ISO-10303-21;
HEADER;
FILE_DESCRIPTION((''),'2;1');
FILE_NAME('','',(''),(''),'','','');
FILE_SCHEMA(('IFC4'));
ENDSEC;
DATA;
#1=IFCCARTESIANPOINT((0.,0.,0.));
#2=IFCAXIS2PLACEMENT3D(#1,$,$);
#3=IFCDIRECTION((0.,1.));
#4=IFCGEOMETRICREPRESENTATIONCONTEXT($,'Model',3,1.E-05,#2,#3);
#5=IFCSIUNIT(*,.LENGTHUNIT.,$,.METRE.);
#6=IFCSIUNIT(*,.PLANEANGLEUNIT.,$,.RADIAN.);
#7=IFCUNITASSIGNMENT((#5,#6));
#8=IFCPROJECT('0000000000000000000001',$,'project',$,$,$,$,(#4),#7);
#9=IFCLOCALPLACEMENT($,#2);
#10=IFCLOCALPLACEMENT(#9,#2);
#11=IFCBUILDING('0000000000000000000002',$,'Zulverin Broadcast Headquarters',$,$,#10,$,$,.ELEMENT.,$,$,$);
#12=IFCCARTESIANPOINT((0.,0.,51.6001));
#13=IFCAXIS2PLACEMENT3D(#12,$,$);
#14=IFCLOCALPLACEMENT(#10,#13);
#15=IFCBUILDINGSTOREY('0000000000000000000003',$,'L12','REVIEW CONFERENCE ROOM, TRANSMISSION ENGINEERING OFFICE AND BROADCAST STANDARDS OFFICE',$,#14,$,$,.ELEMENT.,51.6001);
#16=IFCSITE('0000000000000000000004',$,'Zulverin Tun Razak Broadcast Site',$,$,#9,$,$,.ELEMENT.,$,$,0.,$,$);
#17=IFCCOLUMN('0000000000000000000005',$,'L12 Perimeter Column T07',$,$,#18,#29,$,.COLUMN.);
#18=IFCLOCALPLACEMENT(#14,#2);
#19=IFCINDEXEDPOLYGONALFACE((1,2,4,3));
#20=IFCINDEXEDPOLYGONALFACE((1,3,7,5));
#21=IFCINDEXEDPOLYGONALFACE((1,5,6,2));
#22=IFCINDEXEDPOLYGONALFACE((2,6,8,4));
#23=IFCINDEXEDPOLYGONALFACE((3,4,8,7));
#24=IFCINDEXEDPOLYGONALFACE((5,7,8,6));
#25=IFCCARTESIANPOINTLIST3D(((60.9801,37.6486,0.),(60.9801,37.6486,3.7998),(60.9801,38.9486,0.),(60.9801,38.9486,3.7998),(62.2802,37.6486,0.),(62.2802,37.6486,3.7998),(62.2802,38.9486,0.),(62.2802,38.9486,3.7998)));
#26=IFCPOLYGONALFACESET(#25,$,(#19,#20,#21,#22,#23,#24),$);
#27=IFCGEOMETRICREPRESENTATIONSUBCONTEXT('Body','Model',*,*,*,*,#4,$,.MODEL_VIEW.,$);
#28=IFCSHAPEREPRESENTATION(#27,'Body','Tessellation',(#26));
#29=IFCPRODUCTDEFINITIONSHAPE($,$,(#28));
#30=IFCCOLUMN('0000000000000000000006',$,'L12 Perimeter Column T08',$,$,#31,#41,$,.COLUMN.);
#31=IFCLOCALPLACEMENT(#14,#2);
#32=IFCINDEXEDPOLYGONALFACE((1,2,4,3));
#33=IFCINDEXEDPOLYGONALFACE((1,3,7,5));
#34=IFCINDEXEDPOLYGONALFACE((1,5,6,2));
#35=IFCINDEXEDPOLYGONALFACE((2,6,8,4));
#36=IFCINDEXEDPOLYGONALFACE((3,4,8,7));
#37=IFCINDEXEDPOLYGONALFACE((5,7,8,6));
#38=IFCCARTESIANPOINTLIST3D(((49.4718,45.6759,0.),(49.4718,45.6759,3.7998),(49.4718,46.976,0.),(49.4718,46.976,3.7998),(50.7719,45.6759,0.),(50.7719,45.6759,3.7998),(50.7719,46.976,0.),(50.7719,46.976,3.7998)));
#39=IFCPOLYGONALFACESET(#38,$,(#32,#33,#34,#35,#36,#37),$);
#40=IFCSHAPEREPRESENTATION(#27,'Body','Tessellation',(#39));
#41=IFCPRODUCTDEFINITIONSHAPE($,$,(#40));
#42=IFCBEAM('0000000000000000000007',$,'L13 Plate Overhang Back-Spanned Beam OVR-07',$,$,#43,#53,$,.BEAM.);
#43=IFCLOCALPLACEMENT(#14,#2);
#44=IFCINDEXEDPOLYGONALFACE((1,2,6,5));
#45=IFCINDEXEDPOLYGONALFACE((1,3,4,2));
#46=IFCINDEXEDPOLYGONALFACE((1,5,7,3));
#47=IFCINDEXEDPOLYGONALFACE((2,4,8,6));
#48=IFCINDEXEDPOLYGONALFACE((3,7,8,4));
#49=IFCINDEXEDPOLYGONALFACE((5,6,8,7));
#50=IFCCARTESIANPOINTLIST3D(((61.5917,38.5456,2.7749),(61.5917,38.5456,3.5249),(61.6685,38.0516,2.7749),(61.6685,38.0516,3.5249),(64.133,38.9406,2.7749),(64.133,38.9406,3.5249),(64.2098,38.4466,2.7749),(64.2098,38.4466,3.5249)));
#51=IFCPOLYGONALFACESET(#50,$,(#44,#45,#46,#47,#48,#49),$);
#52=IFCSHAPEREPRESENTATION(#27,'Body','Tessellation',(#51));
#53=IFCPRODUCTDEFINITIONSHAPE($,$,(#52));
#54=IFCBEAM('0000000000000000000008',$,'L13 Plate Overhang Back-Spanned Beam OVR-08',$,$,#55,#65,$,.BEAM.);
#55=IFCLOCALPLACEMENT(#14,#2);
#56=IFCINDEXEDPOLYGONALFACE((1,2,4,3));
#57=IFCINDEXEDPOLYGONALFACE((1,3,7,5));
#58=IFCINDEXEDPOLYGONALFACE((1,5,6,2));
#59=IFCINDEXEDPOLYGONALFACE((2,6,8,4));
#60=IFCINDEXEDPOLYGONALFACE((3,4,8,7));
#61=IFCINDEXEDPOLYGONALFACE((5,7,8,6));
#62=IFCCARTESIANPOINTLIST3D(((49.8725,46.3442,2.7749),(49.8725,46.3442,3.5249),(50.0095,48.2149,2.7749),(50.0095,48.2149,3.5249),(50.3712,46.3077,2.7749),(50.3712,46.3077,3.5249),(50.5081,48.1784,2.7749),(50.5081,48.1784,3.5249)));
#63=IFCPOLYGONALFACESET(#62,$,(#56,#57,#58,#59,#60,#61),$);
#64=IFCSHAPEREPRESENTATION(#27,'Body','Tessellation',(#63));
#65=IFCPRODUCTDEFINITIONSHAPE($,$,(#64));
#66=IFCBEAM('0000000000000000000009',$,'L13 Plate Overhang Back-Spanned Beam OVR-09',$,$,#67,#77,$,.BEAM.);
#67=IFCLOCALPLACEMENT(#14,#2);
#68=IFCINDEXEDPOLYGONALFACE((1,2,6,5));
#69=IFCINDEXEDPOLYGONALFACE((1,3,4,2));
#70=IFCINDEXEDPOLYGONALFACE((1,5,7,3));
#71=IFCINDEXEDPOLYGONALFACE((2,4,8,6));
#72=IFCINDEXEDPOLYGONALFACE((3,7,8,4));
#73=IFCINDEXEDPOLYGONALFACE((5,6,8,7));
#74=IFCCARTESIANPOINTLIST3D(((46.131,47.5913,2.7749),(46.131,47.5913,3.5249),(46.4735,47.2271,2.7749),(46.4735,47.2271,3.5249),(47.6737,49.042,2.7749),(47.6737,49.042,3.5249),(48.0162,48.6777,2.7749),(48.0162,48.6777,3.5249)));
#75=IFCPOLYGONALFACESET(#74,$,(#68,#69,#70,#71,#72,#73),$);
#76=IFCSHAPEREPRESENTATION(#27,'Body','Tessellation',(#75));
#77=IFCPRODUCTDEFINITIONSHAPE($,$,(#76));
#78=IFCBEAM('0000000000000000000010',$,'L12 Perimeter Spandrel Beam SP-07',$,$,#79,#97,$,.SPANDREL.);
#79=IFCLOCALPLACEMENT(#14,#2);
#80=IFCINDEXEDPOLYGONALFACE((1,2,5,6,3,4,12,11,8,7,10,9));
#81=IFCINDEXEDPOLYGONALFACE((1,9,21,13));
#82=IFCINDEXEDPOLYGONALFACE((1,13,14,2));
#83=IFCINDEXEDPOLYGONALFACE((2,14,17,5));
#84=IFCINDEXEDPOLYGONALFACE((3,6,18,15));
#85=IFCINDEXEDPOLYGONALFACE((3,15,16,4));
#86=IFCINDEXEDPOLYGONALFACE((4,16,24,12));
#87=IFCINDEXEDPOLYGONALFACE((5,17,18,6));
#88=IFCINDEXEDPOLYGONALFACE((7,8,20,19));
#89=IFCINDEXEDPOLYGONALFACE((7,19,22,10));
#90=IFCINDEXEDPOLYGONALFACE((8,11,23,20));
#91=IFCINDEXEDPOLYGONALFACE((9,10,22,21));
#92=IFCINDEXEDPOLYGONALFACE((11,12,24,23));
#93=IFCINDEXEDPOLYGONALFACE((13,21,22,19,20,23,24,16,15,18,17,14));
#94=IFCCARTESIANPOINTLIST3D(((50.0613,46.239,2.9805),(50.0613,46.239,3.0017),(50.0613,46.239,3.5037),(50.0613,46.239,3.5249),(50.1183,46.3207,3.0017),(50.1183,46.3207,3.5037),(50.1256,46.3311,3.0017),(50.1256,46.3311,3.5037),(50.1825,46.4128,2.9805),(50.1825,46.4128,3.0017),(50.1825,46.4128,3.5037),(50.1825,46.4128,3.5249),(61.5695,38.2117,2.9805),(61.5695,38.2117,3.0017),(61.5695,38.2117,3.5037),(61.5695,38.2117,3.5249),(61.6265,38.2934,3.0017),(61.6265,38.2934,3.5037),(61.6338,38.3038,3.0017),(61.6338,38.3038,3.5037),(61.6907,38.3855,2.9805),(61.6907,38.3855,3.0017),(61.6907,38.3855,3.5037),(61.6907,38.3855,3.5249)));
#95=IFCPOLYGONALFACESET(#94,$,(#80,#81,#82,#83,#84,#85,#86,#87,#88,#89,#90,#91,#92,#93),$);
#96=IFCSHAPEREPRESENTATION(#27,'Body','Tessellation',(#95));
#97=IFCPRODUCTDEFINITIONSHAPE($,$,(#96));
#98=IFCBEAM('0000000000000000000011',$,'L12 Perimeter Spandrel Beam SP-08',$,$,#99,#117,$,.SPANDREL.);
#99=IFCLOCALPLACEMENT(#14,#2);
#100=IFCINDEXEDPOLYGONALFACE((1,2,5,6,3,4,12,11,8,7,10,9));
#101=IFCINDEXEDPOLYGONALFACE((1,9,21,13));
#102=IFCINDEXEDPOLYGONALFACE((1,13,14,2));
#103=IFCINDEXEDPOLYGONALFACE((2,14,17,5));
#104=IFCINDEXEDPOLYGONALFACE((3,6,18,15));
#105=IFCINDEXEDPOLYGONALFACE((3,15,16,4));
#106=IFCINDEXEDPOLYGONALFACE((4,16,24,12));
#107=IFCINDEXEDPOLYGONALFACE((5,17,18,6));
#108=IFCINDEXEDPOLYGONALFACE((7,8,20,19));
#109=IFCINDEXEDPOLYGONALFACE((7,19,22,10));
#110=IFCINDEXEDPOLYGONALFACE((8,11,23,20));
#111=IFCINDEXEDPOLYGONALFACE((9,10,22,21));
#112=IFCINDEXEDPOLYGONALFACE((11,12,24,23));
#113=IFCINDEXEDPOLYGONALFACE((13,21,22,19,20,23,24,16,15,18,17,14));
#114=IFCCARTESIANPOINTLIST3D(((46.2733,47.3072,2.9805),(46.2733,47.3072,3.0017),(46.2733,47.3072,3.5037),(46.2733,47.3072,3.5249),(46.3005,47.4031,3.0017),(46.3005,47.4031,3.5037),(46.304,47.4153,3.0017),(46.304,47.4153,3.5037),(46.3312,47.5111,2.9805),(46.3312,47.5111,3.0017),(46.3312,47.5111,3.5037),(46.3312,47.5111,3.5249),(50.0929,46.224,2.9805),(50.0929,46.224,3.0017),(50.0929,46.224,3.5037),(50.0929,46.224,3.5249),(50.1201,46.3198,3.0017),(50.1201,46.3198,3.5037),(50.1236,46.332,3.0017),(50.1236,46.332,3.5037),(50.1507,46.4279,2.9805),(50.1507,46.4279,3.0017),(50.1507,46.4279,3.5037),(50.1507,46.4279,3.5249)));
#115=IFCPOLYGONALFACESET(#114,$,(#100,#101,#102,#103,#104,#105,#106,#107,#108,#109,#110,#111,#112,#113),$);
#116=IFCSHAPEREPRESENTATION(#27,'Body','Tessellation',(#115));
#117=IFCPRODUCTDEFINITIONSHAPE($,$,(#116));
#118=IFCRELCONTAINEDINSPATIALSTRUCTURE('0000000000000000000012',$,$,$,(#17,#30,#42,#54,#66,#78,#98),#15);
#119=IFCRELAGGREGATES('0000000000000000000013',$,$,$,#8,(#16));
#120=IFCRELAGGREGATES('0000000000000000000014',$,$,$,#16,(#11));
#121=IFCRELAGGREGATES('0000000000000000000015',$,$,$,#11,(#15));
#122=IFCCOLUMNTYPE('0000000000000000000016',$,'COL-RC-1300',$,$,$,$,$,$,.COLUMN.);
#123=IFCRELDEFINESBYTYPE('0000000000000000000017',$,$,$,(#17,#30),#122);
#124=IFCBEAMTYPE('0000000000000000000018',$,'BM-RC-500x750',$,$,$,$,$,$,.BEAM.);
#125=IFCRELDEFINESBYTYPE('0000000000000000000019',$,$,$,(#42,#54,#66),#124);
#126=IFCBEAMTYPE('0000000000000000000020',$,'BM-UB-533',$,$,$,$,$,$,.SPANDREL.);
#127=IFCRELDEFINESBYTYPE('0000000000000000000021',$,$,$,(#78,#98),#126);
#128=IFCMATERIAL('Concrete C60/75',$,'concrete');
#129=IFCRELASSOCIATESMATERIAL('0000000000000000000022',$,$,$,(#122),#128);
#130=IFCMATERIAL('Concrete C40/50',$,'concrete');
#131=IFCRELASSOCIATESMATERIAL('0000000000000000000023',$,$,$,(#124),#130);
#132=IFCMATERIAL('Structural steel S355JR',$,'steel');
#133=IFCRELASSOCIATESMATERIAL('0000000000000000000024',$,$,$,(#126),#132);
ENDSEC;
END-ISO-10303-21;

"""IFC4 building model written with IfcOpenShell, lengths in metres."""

from ifc_helpers import new_model, si_unit, direction, frame, origin, origin_2d, place, context, subcontext, project, spatial, rectangle, i_section, extrude, material, material_profile, profile_set, type_object, element, save


model = new_model("IFC4")

# Units and contexts
model_context = context("Model", 3, precision=1e-05, world=origin(), true_north=direction((0.0, 1.0)))
body_context = subcontext(model_context, "Body", "Model", "MODEL_VIEW")
ifc_project = project(units=[si_unit("LENGTHUNIT", "METRE"), si_unit("PLANEANGLEUNIT", "RADIAN")], contexts=[model_context])

# Site, building, storey
site_placement = place(None, origin())
site = spatial("IfcSite", under=ifc_project, at=site_placement, Name="Zulverin Tun Razak Broadcast Site", CompositionType="ELEMENT", RefElevation=0.0)
building_placement = place(site_placement, origin())
building = spatial("IfcBuilding", under=site, at=building_placement, Name="Zulverin Broadcast Headquarters", CompositionType="ELEMENT")
storey_placement = place(building_placement, frame((0.0, 0.0, 51.6001)))
storey = spatial("IfcBuildingStorey", under=building, at=storey_placement, Name="L12", Description="REVIEW CONFERENCE ROOM, TRANSMISSION ENGINEERING OFFICE AND BROADCAST STANDARDS OFFICE", CompositionType="ELEMENT", Elevation=51.6001)

# Columns
ifc_material_1 = material(Name="Concrete C60/75", Category="concrete")
ifc_material_profile_1 = material_profile(ifc_material_1, rectangle(XDim=1.3, YDim=1.3, at=origin_2d()), Name="Concrete C60/75", Category="concrete")
ifc_profile_set_1 = profile_set([ifc_material_profile_1], Name="Concrete C60/75")
column_type = type_object("IfcColumnType", Name="COL-RC-1300", PredefinedType="COLUMN", material=ifc_profile_set_1)
for number, where, z_axis, x_axis, name in (
    (1, (61.6301, 38.2986, 0.0), (0.0, 0.0, 1.0), (1.0, 0.0, 0.0), "L12 Perimeter Column T07"),
    (2, (50.1218, 46.3259, 0.0), (0.0, 0.0, 1.0), (1.0, 0.0, 0.0), "L12 Perimeter Column T08"),
):
    element("IfcColumn", number, at=place(storey_placement, frame(where, z_axis=z_axis, x_axis=x_axis)), inside=storey, type_object=column_type, Name=name, PredefinedType="COLUMN", context=body_context, shape_type="SweptSolid", body=[
        extrude(rectangle(XDim=1.3, YDim=1.3, at=origin_2d()), origin(), (0.0, 0.0, 1.0), 3.7998),
    ])

# Beams
ifc_material_2 = material(Name="Concrete C40/50", Category="concrete")
ifc_material_profile_2 = material_profile(ifc_material_2, rectangle(XDim=0.5, YDim=0.75, at=origin_2d()), Name="Concrete C40/50", Category="concrete")
ifc_profile_set_2 = profile_set([ifc_material_profile_2], Name="Concrete C40/50")
beam_type_1 = type_object("IfcBeamType", Name="BM-RC-500x750", PredefinedType="BEAM", material=ifc_profile_set_2)
beam_1_placement = place(storey_placement, frame((61.6301, 38.2986, 3.1499), z_axis=(0.988133, 0.153598, 0.0), x_axis=(-0.153598, 0.988133, 0.0)))
element("IfcBeam", 3, at=beam_1_placement, inside=storey, type_object=beam_type_1, Name="L13 Plate Overhang Back-Spanned Beam OVR-07", PredefinedType="BEAM", context=body_context, shape_type="SweptSolid", body=[
    extrude(rectangle(XDim=0.5, YDim=0.75, at=origin_2d()), origin(), (0.0, 0.0, 1.0), 2.5718),
])
beam_2_placement = place(storey_placement, frame((50.1218, 46.3259, 3.1499), z_axis=(0.073023, 0.99733, 0.0), x_axis=(-0.99733, 0.073023, 0.0)))
element("IfcBeam", 4, at=beam_2_placement, inside=storey, type_object=beam_type_1, Name="L13 Plate Overhang Back-Spanned Beam OVR-08", PredefinedType="BEAM", context=body_context, shape_type="SweptSolid", body=[
    extrude(rectangle(XDim=0.5, YDim=0.75, at=origin_2d()), origin(), (0.0, 0.0, 1.0), 1.8757),
])
beam_3_placement = place(storey_placement, frame((46.3022, 47.4092, 3.1499), z_axis=(0.728505, 0.685041, 0.0), x_axis=(-0.685041, 0.728505, 0.0)))
element("IfcBeam", 5, at=beam_3_placement, inside=storey, type_object=beam_type_1, Name="L13 Plate Overhang Back-Spanned Beam OVR-09", PredefinedType="BEAM", context=body_context, shape_type="SweptSolid", body=[
    extrude(rectangle(XDim=0.5, YDim=0.75, at=origin_2d()), origin(), (0.0, 0.0, 1.0), 2.1177),
])
ifc_material_3 = material(Name="Structural steel S355JR", Category="steel")
ifc_material_profile_3 = material_profile(ifc_material_3, i_section(OverallWidth=0.2119, OverallDepth=0.5444, WebThickness=0.0127, FlangeThickness=0.0212, at=origin_2d()), Name="Structural steel S355JR", Category="steel")
ifc_profile_set_3 = profile_set([ifc_material_profile_3], Name="Structural steel S355JR")
beam_type_2 = type_object("IfcBeamType", Name="BM-UB-533", PredefinedType="SPANDREL", material=ifc_profile_set_3)
beam_4_placement = place(storey_placement, frame((61.6301, 38.2986, 3.2527), z_axis=(-0.820184, 0.5721, 0.0), x_axis=(-0.5721, -0.820184, 0.0)))
element("IfcBeam", 6, at=beam_4_placement, inside=storey, type_object=beam_type_2, Name="L12 Perimeter Spandrel Beam SP-07", PredefinedType="SPANDREL", context=body_context, shape_type="SweptSolid", body=[
    extrude(i_section(OverallWidth=0.2119, OverallDepth=0.5444, WebThickness=0.0127, FlangeThickness=0.0212, at=origin_2d()), origin(), (0.0, 0.0, 1.0), 14.0312),
])
beam_5_placement = place(storey_placement, frame((50.1218, 46.3259, 3.2527), z_axis=(-0.962058, 0.272844, 0.0), x_axis=(-0.272844, -0.962058, 0.0)))
element("IfcBeam", 7, at=beam_5_placement, inside=storey, type_object=beam_type_2, Name="L12 Perimeter Spandrel Beam SP-08", PredefinedType="SPANDREL", context=body_context, shape_type="SweptSolid", body=[
    extrude(i_section(OverallWidth=0.2119, OverallDepth=0.5444, WebThickness=0.0127, FlangeThickness=0.0212, at=origin_2d()), origin(), (0.0, 0.0, 1.0), 3.9702),
])

save(model, "model.ifc")
